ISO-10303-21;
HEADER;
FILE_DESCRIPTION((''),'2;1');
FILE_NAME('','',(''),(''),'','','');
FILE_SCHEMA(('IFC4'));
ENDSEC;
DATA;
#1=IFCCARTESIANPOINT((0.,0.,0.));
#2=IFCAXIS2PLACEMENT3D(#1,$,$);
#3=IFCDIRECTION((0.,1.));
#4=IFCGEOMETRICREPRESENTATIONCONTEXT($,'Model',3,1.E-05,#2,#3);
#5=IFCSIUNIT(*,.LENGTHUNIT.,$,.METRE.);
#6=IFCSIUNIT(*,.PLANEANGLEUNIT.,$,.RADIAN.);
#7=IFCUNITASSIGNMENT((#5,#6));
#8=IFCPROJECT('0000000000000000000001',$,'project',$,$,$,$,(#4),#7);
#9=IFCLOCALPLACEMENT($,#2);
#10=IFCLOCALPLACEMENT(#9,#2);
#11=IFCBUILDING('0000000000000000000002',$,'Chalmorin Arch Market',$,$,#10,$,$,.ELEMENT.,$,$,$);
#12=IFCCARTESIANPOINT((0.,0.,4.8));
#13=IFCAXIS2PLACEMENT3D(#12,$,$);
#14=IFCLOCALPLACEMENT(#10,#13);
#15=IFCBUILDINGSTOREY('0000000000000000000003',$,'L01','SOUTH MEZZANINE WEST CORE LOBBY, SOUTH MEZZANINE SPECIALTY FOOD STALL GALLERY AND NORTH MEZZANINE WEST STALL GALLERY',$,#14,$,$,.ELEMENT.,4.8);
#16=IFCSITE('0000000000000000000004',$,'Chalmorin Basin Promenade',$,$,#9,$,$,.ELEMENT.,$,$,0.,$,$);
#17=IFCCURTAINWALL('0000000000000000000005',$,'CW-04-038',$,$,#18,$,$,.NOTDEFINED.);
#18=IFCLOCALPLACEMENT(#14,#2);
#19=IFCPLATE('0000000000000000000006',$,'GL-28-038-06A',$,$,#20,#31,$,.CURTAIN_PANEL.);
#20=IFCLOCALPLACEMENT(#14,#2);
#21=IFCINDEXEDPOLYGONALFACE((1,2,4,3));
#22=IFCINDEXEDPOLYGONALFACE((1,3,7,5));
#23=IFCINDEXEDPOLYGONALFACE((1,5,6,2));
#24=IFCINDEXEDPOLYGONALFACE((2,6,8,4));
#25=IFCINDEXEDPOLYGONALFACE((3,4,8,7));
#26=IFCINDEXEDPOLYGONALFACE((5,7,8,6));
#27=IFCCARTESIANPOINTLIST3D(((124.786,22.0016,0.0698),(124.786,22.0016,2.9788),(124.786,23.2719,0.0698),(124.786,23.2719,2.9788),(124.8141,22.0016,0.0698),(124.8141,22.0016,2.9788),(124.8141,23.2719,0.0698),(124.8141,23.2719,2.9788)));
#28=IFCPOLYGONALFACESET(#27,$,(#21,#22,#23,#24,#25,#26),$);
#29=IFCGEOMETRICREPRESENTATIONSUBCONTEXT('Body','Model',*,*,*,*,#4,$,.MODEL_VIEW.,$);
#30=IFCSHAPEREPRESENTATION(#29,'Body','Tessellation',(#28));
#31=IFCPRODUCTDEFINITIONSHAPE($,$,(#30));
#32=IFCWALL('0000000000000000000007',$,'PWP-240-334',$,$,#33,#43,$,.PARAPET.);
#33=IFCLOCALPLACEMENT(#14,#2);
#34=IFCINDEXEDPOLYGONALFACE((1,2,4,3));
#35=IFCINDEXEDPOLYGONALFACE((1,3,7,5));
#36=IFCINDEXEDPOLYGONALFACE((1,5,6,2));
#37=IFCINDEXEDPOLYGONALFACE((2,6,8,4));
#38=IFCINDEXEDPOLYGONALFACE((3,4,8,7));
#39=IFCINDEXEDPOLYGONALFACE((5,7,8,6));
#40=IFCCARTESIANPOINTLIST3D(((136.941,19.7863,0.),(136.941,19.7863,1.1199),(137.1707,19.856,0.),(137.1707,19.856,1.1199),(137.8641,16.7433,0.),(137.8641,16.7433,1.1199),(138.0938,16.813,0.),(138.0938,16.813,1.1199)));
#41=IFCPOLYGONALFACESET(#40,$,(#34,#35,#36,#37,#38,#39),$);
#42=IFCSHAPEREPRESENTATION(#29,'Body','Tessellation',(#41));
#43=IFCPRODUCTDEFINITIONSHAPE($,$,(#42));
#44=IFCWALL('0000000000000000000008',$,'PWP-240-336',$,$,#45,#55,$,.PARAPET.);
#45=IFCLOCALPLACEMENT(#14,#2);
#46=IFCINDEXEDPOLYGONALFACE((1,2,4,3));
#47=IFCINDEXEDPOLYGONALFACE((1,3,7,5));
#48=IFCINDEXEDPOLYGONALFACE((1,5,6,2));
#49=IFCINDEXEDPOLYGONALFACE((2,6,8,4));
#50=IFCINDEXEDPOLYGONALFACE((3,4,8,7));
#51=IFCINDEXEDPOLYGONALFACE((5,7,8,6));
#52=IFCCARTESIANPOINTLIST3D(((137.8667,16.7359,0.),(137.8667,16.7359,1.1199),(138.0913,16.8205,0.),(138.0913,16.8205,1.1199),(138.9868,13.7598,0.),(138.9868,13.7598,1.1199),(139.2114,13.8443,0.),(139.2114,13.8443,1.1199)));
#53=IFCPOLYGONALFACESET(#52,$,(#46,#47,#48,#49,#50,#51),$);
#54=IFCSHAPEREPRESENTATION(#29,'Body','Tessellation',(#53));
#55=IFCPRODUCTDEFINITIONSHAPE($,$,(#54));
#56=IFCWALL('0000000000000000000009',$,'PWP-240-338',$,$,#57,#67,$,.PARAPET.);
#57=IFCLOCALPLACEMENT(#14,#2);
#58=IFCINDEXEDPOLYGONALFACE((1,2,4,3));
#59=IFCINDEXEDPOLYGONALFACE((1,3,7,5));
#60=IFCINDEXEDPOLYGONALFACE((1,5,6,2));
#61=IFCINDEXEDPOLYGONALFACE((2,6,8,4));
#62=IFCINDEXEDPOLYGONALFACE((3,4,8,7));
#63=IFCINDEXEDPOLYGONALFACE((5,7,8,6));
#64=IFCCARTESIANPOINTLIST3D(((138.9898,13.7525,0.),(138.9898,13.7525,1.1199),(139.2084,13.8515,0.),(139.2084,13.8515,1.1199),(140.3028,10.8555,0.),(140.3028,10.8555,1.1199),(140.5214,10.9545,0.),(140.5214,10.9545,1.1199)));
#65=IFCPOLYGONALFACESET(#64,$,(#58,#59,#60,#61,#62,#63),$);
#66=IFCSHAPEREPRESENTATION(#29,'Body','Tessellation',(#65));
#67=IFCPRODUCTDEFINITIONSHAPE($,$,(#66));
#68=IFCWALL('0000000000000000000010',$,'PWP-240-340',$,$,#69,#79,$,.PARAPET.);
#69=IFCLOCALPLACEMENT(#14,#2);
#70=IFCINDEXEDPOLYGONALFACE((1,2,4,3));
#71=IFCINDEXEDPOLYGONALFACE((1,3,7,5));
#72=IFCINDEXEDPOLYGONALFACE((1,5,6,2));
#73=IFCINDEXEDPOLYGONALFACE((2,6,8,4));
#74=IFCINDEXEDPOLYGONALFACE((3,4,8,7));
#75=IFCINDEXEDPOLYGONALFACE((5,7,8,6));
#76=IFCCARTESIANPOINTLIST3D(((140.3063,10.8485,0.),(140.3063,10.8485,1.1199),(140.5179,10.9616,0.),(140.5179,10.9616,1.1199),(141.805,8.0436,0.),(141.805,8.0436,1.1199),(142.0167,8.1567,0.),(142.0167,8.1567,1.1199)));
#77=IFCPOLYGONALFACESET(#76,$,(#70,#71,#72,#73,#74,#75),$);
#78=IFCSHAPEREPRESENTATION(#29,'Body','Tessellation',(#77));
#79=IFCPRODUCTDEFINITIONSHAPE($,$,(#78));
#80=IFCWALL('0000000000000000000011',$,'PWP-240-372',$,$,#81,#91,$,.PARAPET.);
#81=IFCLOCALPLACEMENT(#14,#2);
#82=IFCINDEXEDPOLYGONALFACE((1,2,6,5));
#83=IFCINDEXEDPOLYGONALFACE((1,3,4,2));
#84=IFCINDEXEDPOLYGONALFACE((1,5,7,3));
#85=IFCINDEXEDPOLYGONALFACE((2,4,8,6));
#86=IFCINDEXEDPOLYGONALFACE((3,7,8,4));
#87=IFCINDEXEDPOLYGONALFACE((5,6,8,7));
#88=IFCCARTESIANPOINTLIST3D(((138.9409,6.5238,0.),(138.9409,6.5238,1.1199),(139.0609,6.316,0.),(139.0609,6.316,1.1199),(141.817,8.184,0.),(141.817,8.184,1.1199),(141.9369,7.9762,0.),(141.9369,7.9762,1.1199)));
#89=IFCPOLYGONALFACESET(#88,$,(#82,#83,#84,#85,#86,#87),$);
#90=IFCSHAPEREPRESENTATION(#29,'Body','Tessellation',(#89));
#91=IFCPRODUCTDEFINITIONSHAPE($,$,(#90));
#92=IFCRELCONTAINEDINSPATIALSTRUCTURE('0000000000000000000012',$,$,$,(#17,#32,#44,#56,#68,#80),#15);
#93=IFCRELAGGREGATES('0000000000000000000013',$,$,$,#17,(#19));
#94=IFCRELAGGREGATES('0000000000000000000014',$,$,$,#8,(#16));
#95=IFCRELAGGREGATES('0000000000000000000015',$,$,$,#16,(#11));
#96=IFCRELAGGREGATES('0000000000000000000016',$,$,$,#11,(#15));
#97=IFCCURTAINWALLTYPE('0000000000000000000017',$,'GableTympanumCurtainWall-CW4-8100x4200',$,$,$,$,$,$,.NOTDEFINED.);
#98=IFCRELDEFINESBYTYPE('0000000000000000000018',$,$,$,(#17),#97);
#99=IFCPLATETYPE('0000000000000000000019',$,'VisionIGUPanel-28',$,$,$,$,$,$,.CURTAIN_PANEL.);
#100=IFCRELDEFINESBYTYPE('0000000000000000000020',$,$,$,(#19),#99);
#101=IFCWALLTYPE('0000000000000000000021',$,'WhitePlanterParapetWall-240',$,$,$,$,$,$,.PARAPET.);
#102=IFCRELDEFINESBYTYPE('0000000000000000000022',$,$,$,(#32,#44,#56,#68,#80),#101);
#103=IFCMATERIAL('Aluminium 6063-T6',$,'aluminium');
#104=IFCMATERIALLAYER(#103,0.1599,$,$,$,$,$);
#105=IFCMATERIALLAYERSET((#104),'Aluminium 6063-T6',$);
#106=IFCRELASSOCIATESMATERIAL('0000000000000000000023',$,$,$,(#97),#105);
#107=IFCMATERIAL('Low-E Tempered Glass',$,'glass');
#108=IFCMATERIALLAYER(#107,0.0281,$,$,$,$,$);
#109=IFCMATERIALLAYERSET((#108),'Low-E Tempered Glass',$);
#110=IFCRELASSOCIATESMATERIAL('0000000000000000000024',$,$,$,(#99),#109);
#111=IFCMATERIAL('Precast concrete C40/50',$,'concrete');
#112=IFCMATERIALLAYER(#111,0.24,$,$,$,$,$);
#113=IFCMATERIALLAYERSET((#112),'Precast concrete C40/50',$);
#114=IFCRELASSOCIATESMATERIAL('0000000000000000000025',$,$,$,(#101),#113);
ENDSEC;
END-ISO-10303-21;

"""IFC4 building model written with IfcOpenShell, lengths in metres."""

from ifc_helpers import new_model, si_unit, direction, frame, frame_2d, origin, origin_2d, place, context, subcontext, project, spatial, rectangle, extrude, material, layer, layer_set, type_object, element, aggregate, save


model = new_model("IFC4")

# Units and contexts
model_context = context("Model", 3, precision=1e-05, world=origin(), true_north=direction((0.0, 1.0)))
body_context = subcontext(model_context, "Body", "Model", "MODEL_VIEW")
ifc_project = project(units=[si_unit("LENGTHUNIT", "METRE"), si_unit("PLANEANGLEUNIT", "RADIAN")], contexts=[model_context])

# Site, building, storey
site_placement = place(None, origin())
site = spatial("IfcSite", under=ifc_project, at=site_placement, Name="Chalmorin Basin Promenade", CompositionType="ELEMENT", RefElevation=0.0)
building_placement = place(site_placement, origin())
building = spatial("IfcBuilding", under=site, at=building_placement, Name="Chalmorin Arch Market", CompositionType="ELEMENT")
storey_placement = place(building_placement, frame((0.0, 0.0, 4.8)))
storey = spatial("IfcBuildingStorey", under=building, at=storey_placement, Name="L01", Description="SOUTH MEZZANINE WEST CORE LOBBY, SOUTH MEZZANINE SPECIALTY FOOD STALL GALLERY AND NORTH MEZZANINE WEST STALL GALLERY", CompositionType="ELEMENT", Elevation=4.8)

# Curtain wall
ifc_material_1 = material(Name="Aluminium 6063-T6", Category="aluminium")
ifc_layer_1 = layer(ifc_material_1, 0.1599)
ifc_layer_set_1 = layer_set([ifc_layer_1], Name="Aluminium 6063-T6")
curtain_wall_type = type_object("IfcCurtainWallType", Name="GableTympanumCurtainWall-CW4-8100x4200", PredefinedType="NOTDEFINED", material=ifc_layer_set_1)
curtain_wall_placement = place(storey_placement, origin())
curtain_wall = element("IfcCurtainWall", 1, at=curtain_wall_placement, inside=storey, type_object=curtain_wall_type, Name="CW-04-038", PredefinedType="NOTDEFINED")

# Plate
ifc_material_2 = material(Name="Low-E Tempered Glass", Category="glass")
ifc_layer_2 = layer(ifc_material_2, 0.0281)
ifc_layer_set_2 = layer_set([ifc_layer_2], Name="Low-E Tempered Glass")
plate_type_1 = type_object("IfcPlateType", Name="VisionIGUPanel-28", PredefinedType="CURTAIN_PANEL", material=ifc_layer_set_2)
plate_1_placement = place(storey_placement, frame((124.8, 22.6367, 0.0698), z_axis=(0.0, 0.0, 1.0), x_axis=(0.0, 1.0, 0.0)))
plate_1 = element("IfcPlate", 2, at=plate_1_placement, type_object=plate_type_1, Name="GL-28-038-06A", PredefinedType="CURTAIN_PANEL", context=body_context, shape_type="SweptSolid", body=[
    extrude(rectangle(XDim=1.2703, YDim=0.0281, at=origin_2d()), origin(), (0.0, 0.0, 1.0), 2.9089),
])
aggregate(curtain_wall, [plate_1])

# Walls
ifc_material_3 = material(Name="Precast concrete C40/50", Category="concrete")
ifc_layer_3 = layer(ifc_material_3, 0.24)
ifc_layer_set_3 = layer_set([ifc_layer_3], Name="Precast concrete C40/50")
wall_type = type_object("IfcWallType", Name="WhitePlanterParapetWall-240", PredefinedType="PARAPET", material=ifc_layer_set_3)
for number, where, z_axis, x_axis, name in (
    (3, (137.0559, 19.821, 0.0), (0.0, 0.0, 1.0), (0.290291, -0.956938, 0.0), "PWP-240-334"),
    (4, (137.979, 16.7781, 0.0), (0.0, 0.0, 1.0), (0.352251, -0.935906, 0.0), "PWP-240-336"),
):
    element("IfcWall", number, at=place(storey_placement, frame(where, z_axis=z_axis, x_axis=x_axis)), inside=storey, type_object=wall_type, Name=name, PredefinedType="PARAPET", context=body_context, shape_type="SweptSolid", body=[
        extrude(rectangle(XDim=3.1799, YDim=0.24, at=frame_2d((1.5898, 0.0))), origin(), (0.0, 0.0, 1.0), 1.1199),
    ])
wall_1_placement = place(storey_placement, frame((139.0991, 13.802, 0.0), z_axis=(0.0, 0.0, 1.0), x_axis=(0.412808, -0.910818, 0.0)))
element("IfcWall", 5, at=wall_1_placement, inside=storey, type_object=wall_type, Name="PWP-240-338", PredefinedType="PARAPET", context=body_context, shape_type="SweptSolid", body=[
    extrude(rectangle(XDim=3.1807, YDim=0.24, at=frame_2d((1.5903, 0.0))), origin(), (0.0, 0.0, 1.0), 1.1199),
])
wall_2_placement = place(storey_placement, frame((140.4121, 10.905, 0.0), z_axis=(0.0, 0.0, 1.0), x_axis=(0.471277, -0.881985, 0.0)))
element("IfcWall", 6, at=wall_2_placement, inside=storey, type_object=wall_type, Name="PWP-240-340", PredefinedType="PARAPET", context=body_context, shape_type="SweptSolid", body=[
    extrude(rectangle(XDim=3.1802, YDim=0.24, at=frame_2d((1.5901, 0.0))), origin(), (0.0, 0.0, 1.0), 1.1199),
])
wall_3_placement = place(storey_placement, frame((141.877, 8.0801, 0.0), z_axis=(0.0, 0.0, 1.0), x_axis=(-0.866063, -0.499935, 0.0)))
element("IfcWall", 7, at=wall_3_placement, inside=storey, type_object=wall_type, Name="PWP-240-372", PredefinedType="PARAPET", context=body_context, shape_type="SweptSolid", body=[
    extrude(rectangle(XDim=3.3208, YDim=0.24, at=frame_2d((1.6604, 0.0))), origin(), (0.0, 0.0, 1.0), 1.1199),
])

save(model, "model.ifc")
